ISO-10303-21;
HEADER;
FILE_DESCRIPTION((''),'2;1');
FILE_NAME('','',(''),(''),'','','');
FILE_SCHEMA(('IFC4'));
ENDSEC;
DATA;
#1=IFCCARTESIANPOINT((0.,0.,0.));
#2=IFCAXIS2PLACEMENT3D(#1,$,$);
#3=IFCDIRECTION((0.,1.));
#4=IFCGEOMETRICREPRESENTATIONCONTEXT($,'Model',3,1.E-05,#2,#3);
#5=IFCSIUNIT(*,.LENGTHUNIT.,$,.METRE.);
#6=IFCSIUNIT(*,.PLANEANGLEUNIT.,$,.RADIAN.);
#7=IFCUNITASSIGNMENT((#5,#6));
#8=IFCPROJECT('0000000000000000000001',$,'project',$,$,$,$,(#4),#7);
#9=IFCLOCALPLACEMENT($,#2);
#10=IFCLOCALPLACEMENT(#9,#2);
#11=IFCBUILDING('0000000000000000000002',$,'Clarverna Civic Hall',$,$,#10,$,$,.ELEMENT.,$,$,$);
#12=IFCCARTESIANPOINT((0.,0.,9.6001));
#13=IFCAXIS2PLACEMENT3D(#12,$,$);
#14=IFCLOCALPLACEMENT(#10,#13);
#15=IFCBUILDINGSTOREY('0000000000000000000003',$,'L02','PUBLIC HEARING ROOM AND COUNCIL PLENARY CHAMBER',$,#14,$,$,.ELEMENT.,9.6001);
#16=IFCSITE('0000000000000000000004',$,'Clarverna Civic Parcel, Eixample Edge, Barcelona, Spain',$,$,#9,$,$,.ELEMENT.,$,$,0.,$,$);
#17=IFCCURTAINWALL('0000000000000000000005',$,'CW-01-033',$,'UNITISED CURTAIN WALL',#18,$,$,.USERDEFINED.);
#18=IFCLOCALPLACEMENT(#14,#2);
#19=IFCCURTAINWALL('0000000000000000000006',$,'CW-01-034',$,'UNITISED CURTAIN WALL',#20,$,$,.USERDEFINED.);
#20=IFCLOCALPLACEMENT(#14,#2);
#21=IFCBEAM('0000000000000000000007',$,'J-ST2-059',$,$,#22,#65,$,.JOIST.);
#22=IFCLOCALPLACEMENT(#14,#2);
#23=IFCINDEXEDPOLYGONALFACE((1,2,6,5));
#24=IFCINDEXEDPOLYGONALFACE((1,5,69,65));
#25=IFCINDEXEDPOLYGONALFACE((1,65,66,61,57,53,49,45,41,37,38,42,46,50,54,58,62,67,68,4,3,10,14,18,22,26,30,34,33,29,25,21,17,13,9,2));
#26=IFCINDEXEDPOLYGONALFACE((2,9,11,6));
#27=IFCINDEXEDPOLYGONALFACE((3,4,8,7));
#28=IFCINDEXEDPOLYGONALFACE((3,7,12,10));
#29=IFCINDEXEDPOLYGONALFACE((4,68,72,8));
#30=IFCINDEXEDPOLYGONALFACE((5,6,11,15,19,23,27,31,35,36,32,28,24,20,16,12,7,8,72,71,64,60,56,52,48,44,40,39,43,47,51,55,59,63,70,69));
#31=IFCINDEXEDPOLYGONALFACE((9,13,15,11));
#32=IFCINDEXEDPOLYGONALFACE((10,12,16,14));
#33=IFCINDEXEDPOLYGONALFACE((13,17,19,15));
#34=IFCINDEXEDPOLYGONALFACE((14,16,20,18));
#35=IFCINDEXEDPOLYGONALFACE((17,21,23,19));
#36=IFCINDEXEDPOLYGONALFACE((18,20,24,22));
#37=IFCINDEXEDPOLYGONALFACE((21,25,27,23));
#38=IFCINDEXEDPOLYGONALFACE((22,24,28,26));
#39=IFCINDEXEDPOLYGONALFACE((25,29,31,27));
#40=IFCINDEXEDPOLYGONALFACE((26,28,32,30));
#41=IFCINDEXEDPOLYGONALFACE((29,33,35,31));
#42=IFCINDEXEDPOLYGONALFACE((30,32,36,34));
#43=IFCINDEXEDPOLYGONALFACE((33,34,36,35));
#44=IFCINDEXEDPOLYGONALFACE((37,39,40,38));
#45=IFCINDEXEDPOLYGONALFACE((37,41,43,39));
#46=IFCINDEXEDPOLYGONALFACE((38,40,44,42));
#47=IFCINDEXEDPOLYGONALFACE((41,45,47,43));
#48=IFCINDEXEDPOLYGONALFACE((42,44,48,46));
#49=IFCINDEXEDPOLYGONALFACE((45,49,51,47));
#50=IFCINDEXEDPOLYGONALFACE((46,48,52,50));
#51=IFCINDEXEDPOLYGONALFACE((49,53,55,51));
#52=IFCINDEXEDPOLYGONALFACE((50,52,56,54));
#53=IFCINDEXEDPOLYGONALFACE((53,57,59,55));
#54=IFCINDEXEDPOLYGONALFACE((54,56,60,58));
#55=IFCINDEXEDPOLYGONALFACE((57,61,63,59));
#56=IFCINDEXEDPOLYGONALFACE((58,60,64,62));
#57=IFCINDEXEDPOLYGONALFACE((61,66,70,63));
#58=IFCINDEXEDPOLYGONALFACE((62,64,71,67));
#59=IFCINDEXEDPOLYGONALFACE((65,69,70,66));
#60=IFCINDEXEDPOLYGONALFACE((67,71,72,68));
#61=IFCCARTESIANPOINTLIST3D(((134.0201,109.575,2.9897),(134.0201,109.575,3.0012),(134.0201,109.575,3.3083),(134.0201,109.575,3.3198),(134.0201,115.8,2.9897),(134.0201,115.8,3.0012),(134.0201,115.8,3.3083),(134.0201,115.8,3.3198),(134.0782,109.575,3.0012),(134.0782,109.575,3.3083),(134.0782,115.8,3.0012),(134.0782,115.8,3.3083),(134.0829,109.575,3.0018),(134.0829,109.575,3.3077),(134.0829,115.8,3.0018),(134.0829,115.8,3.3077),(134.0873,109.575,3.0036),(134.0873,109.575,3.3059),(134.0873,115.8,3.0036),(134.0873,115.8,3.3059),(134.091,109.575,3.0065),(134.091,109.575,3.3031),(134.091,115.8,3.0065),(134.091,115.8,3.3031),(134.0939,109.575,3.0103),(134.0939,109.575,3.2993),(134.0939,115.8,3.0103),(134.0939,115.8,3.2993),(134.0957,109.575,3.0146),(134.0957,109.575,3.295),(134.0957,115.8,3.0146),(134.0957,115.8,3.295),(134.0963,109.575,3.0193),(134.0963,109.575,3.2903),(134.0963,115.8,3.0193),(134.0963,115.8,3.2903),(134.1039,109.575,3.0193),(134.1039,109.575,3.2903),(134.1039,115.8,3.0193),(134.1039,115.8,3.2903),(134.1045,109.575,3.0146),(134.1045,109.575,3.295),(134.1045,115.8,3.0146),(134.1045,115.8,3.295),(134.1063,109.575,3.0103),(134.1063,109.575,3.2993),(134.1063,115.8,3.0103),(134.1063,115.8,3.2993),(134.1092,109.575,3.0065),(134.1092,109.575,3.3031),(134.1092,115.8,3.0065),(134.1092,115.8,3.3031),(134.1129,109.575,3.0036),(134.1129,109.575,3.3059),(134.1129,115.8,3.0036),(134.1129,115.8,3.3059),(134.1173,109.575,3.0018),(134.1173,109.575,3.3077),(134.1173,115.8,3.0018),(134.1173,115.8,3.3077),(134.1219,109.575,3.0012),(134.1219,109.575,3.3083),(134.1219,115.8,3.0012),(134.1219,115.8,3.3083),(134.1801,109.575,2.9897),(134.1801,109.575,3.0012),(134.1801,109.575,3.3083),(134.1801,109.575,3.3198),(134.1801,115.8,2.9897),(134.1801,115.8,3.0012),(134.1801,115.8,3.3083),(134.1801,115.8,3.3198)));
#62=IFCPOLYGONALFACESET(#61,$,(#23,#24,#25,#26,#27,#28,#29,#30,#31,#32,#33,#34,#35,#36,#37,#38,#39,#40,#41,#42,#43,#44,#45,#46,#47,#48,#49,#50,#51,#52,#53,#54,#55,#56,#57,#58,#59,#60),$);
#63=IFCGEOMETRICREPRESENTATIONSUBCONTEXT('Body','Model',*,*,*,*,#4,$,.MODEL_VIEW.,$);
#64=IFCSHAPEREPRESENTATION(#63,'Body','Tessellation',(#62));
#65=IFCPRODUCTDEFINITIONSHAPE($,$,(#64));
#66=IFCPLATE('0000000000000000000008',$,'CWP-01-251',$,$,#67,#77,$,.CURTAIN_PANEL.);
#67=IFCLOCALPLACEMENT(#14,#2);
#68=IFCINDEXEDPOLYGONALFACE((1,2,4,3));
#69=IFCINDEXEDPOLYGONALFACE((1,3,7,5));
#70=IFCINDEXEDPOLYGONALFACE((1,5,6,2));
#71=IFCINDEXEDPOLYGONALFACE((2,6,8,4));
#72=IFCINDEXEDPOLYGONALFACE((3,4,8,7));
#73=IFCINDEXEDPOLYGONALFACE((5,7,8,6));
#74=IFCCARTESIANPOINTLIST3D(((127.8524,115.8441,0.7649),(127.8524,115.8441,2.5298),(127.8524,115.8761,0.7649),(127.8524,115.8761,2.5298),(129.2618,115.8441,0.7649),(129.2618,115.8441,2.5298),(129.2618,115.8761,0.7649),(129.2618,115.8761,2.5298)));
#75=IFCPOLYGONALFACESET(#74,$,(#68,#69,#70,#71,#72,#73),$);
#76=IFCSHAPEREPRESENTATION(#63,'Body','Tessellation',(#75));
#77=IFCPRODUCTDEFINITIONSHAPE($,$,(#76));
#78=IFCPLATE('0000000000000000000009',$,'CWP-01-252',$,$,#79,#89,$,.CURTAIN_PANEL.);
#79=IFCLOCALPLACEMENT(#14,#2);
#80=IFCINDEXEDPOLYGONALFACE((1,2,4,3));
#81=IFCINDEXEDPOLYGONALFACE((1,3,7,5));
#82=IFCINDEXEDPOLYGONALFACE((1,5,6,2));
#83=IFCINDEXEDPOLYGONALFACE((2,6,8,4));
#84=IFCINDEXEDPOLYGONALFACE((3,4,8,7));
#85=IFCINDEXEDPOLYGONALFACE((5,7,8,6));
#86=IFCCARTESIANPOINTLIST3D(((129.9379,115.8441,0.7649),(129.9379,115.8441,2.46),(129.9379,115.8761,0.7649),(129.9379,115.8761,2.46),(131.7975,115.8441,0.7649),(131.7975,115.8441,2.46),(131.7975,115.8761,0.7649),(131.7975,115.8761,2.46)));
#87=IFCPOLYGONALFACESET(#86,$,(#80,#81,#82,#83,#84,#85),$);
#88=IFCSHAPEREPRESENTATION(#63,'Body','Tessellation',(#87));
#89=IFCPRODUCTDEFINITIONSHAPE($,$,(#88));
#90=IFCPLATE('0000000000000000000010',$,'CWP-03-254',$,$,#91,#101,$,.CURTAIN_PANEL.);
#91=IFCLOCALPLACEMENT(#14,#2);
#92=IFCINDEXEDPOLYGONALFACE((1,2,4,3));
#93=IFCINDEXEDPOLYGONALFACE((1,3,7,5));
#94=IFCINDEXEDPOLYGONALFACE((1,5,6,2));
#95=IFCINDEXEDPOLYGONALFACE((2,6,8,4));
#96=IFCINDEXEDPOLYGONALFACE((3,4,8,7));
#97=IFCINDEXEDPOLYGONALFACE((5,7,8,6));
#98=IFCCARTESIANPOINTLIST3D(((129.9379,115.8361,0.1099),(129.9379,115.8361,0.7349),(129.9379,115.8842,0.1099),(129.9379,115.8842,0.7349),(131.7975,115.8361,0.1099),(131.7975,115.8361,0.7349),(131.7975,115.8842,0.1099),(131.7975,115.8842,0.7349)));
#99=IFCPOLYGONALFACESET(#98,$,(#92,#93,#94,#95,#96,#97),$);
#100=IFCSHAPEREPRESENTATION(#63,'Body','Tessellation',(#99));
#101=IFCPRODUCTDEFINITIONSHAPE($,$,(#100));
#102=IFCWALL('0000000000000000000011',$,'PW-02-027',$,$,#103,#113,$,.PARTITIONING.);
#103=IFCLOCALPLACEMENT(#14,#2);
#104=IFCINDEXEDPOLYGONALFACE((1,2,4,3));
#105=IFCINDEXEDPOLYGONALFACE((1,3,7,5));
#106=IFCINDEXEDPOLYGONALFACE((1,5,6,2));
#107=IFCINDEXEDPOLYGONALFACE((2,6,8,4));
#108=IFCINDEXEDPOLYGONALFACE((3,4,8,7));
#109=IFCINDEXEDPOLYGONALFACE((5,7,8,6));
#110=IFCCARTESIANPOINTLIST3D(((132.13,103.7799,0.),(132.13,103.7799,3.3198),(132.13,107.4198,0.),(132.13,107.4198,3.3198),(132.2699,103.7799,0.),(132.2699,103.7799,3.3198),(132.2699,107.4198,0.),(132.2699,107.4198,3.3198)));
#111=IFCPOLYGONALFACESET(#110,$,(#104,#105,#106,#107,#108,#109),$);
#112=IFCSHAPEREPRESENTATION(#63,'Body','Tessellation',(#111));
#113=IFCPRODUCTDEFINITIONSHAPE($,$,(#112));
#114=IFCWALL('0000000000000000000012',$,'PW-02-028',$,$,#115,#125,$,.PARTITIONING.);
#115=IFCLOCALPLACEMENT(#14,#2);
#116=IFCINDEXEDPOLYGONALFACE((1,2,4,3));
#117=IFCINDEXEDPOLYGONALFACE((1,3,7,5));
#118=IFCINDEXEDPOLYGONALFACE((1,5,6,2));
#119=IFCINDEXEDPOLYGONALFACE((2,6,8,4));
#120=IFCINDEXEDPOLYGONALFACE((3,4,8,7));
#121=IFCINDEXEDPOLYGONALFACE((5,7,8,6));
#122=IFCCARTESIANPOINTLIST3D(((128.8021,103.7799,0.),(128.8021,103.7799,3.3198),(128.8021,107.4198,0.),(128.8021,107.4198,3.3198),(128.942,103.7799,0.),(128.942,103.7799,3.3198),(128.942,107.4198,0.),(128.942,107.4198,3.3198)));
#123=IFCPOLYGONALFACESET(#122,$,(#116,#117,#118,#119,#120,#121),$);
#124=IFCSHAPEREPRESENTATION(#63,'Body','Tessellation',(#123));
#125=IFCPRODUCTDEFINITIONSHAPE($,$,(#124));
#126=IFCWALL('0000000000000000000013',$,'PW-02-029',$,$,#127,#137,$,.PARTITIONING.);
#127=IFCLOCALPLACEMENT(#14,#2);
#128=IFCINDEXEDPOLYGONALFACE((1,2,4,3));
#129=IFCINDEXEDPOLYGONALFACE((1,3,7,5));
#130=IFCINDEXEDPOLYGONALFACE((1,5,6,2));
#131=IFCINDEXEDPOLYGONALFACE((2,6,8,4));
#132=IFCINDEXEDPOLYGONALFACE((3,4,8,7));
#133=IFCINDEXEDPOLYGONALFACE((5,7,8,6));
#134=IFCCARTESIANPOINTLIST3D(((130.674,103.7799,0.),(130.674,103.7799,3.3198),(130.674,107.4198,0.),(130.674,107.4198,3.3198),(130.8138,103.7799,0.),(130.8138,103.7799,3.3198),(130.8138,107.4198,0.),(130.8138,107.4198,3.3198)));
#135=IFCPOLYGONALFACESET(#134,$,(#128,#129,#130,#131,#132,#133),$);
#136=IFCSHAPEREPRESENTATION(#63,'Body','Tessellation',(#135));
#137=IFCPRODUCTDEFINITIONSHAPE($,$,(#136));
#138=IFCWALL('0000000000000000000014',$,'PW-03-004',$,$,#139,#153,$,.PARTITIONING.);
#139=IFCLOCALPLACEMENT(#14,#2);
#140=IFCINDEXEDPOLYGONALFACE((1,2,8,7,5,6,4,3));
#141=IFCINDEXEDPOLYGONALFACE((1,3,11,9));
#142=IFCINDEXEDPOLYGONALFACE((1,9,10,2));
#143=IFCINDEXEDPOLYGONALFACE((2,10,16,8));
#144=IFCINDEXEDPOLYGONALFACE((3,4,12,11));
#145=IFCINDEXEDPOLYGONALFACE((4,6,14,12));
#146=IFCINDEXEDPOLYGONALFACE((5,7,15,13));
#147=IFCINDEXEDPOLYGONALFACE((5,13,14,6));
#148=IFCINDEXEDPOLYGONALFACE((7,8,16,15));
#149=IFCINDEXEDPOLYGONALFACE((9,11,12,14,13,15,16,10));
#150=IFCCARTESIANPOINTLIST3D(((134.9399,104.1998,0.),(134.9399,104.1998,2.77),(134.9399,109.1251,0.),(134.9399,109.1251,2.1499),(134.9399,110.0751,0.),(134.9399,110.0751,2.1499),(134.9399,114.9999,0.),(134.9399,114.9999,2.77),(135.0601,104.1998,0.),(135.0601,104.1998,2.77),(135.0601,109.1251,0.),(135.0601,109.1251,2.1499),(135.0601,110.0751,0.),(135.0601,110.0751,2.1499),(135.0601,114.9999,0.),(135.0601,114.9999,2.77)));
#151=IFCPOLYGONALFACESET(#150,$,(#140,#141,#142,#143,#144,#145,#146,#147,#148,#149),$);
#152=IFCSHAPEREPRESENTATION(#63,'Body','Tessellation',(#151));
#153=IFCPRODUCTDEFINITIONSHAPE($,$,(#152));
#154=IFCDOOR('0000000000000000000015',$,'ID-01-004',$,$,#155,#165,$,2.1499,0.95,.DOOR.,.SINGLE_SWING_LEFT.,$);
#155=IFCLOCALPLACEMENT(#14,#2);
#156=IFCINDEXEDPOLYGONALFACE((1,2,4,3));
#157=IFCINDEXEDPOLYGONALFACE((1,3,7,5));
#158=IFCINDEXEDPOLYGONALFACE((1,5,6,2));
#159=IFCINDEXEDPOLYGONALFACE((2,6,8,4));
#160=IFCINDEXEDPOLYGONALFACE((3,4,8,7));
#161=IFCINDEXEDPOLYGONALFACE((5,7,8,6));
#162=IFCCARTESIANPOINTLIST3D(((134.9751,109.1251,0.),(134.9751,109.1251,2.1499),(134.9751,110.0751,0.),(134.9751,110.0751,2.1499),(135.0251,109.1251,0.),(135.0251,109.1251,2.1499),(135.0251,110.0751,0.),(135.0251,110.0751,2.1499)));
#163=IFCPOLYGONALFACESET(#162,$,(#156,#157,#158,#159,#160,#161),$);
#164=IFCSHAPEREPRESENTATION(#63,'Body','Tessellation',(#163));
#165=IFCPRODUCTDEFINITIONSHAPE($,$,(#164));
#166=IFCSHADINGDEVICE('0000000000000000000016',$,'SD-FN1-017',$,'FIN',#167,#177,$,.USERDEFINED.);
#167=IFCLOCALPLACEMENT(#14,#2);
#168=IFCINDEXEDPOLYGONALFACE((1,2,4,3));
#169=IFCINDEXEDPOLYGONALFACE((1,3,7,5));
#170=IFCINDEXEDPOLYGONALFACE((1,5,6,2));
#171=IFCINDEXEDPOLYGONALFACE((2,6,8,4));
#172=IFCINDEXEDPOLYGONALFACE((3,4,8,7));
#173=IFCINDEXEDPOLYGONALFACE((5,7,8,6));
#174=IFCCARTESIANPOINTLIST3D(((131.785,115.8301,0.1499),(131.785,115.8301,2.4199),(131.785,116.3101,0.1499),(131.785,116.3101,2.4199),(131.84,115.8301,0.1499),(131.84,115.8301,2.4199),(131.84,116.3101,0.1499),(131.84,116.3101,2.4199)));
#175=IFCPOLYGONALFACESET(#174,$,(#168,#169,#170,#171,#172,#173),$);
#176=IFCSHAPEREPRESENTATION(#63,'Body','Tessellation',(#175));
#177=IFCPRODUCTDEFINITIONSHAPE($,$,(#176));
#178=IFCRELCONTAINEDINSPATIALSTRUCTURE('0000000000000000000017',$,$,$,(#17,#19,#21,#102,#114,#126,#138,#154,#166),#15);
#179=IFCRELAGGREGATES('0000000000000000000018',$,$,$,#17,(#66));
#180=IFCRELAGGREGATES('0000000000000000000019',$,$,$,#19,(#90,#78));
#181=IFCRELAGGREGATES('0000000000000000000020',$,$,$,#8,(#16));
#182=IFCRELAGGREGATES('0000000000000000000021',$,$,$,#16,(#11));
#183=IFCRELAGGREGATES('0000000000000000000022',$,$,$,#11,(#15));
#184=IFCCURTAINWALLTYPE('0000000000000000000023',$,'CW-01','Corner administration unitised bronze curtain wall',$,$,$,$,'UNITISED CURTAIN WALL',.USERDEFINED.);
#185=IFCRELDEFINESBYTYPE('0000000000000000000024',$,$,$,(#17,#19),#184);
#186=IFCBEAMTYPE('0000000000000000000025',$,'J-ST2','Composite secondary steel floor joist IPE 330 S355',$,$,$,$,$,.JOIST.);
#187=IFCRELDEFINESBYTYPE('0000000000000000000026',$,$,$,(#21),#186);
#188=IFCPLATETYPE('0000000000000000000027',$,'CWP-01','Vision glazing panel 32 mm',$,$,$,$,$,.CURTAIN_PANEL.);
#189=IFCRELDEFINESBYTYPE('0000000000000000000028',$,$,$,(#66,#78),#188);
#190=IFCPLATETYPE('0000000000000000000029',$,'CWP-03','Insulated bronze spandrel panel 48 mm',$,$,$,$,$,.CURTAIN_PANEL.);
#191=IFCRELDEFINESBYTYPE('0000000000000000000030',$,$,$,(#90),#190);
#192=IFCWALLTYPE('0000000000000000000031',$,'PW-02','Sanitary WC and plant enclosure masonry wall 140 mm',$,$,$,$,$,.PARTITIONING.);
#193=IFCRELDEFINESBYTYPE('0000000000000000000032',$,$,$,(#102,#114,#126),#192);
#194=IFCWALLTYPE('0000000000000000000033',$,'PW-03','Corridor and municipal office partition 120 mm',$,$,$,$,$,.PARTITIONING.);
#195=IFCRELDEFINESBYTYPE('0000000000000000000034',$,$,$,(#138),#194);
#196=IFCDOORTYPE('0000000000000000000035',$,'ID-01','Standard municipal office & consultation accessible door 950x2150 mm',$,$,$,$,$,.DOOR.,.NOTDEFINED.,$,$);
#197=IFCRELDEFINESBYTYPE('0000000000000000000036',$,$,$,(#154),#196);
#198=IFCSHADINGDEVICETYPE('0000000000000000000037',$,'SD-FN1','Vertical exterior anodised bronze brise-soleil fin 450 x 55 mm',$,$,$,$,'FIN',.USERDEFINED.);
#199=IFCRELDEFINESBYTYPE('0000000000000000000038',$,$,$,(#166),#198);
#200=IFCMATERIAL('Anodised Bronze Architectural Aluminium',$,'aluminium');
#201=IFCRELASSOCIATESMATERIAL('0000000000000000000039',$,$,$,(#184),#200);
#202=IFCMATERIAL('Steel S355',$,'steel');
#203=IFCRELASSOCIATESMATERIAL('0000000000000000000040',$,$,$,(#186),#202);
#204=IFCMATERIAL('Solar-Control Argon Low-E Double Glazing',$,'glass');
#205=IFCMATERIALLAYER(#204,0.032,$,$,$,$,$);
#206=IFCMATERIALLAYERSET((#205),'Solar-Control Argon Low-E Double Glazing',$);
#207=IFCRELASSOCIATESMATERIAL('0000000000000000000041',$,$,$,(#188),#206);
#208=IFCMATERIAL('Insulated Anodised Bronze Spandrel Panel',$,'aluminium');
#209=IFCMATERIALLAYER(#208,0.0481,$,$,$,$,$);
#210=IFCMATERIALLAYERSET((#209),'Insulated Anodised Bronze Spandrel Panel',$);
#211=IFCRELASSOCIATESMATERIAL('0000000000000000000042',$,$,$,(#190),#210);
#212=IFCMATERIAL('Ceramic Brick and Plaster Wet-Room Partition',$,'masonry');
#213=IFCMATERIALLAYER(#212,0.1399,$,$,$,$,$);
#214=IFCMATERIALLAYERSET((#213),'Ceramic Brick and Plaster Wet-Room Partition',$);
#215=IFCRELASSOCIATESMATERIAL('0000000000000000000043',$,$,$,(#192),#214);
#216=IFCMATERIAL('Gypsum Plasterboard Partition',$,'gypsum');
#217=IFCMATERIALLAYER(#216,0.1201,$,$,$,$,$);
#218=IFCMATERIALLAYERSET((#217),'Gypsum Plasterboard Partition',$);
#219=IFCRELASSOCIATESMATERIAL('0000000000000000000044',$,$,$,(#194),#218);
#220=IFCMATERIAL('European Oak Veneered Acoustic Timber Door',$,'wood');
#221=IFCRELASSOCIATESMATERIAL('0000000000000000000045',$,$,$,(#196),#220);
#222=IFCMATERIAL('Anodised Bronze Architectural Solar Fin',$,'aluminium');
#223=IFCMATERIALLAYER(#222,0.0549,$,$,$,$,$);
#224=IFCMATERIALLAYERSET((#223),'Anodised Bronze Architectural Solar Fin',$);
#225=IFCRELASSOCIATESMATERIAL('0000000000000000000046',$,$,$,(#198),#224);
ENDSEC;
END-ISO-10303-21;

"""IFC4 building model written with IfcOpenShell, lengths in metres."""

from ifc_helpers import new_model, si_unit, direction, frame, frame_2d, origin, origin_2d, place, context, subcontext, project, spatial, rectangle, i_section, extrude, material, layer, layer_set, material_profile, profile_set, type_object, element, fill, aggregate, save


model = new_model("IFC4")

# Units and contexts
model_context = context("Model", 3, precision=1e-05, world=origin(), true_north=direction((0.0, 1.0)))
body_context = subcontext(model_context, "Body", "Model", "MODEL_VIEW")
ifc_project = project(units=[si_unit("LENGTHUNIT", "METRE"), si_unit("PLANEANGLEUNIT", "RADIAN")], contexts=[model_context])

# Site, building, storey
site_placement = place(None, origin())
site = spatial("IfcSite", under=ifc_project, at=site_placement, Name="Clarverna Civic Parcel, Eixample Edge, Barcelona, Spain", CompositionType="ELEMENT", RefElevation=0.0)
building_placement = place(site_placement, origin())
building = spatial("IfcBuilding", under=site, at=building_placement, Name="Clarverna Civic Hall", CompositionType="ELEMENT")
storey_placement = place(building_placement, frame((0.0, 0.0, 9.6001)))
storey = spatial("IfcBuildingStorey", under=building, at=storey_placement, Name="L02", Description="PUBLIC HEARING ROOM AND COUNCIL PLENARY CHAMBER", CompositionType="ELEMENT", Elevation=9.6001)

# Shared definitions
ifc_material_1 = material(Name="Steel S355", Category="steel")

# Curtain wall
ifc_material_2 = material(Name="Anodised Bronze Architectural Aluminium", Category="aluminium")
curtain_wall_type = type_object("IfcCurtainWallType", Name="CW-01", Description="Corner administration unitised bronze curtain wall", ElementType="UNITISED CURTAIN WALL", PredefinedType="USERDEFINED", material=ifc_material_2)
curtain_wall_1_placement = place(storey_placement, origin())
curtain_wall_1 = element("IfcCurtainWall", 1, at=curtain_wall_1_placement, inside=storey, type_object=curtain_wall_type, Name="CW-01-033", ObjectType="UNITISED CURTAIN WALL", PredefinedType="USERDEFINED")

# Curtain wall
curtain_wall_2_placement = place(storey_placement, origin())
curtain_wall_2 = element("IfcCurtainWall", 2, at=curtain_wall_2_placement, inside=storey, type_object=curtain_wall_type, Name="CW-01-034", ObjectType="UNITISED CURTAIN WALL", PredefinedType="USERDEFINED")

# Beam
ifc_material_profile_1 = material_profile(ifc_material_1, i_section(OverallWidth=0.1599, OverallDepth=0.3301, WebThickness=0.0076, FlangeThickness=0.0115, FilletRadius=0.0181, at=origin_2d()), Name="IPE 330")
ifc_profile_set_1 = profile_set([ifc_material_profile_1], Name="Steel S355")
beam_type_1 = type_object("IfcBeamType", Name="J-ST2", Description="Composite secondary steel floor joist IPE 330 S355", PredefinedType="JOIST", material=ifc_profile_set_1)
beam_1_placement = place(storey_placement, frame((134.1001, 109.575, 3.1548), z_axis=(0.0, 1.0, 0.0), x_axis=(-1.0, 0.0, 0.0)))
element("IfcBeam", 3, at=beam_1_placement, inside=storey, type_object=beam_type_1, Name="J-ST2-059", PredefinedType="JOIST", context=body_context, shape_type="SweptSolid", body=[
    extrude(i_section(OverallWidth=0.1599, OverallDepth=0.3301, WebThickness=0.0076, FlangeThickness=0.0115, FilletRadius=0.0181, at=origin_2d()), origin(), (0.0, 0.0, 1.0), 6.2251),
])

# Plates
ifc_material_3 = material(Name="Solar-Control Argon Low-E Double Glazing", Category="glass")
ifc_layer_1 = layer(ifc_material_3, 0.032)
ifc_layer_set_1 = layer_set([ifc_layer_1], Name="Solar-Control Argon Low-E Double Glazing")
plate_type_1 = type_object("IfcPlateType", Name="CWP-01", Description="Vision glazing panel 32 mm", PredefinedType="CURTAIN_PANEL", material=ifc_layer_set_1)
plate_1_placement = place(storey_placement, frame((127.8525, 115.8601, 0.7649), z_axis=(0.0, 0.0, 1.0), x_axis=(1.0, 0.0, 0.0)))
plate_1 = element("IfcPlate", 4, at=plate_1_placement, type_object=plate_type_1, Name="CWP-01-251", PredefinedType="CURTAIN_PANEL", context=body_context, shape_type="SweptSolid", body=[
    extrude(rectangle(XDim=1.4094, YDim=0.032, at=frame_2d((0.7046, 0.0))), origin(), (0.0, 0.0, 1.0), 1.7649),
])
aggregate(curtain_wall_1, [plate_1])
plate_2_placement = place(storey_placement, frame((129.938, 115.8601, 0.7649), z_axis=(0.0, 0.0, 1.0), x_axis=(1.0, 0.0, 0.0)))
plate_2 = element("IfcPlate", 5, at=plate_2_placement, type_object=plate_type_1, Name="CWP-01-252", PredefinedType="CURTAIN_PANEL", context=body_context, shape_type="SweptSolid", body=[
    extrude(rectangle(XDim=1.8596, YDim=0.032, at=frame_2d((0.9297, 0.0))), origin(), (0.0, 0.0, 1.0), 1.6951),
])
ifc_material_4 = material(Name="Insulated Anodised Bronze Spandrel Panel", Category="aluminium")
ifc_layer_2 = layer(ifc_material_4, 0.0481)
ifc_layer_set_2 = layer_set([ifc_layer_2], Name="Insulated Anodised Bronze Spandrel Panel")
plate_type_2 = type_object("IfcPlateType", Name="CWP-03", Description="Insulated bronze spandrel panel 48 mm", PredefinedType="CURTAIN_PANEL", material=ifc_layer_set_2)
plate_3_placement = place(storey_placement, frame((129.938, 115.8601, 0.1099), z_axis=(0.0, 0.0, 1.0), x_axis=(1.0, 0.0, 0.0)))
plate_3 = element("IfcPlate", 6, at=plate_3_placement, type_object=plate_type_2, Name="CWP-03-254", PredefinedType="CURTAIN_PANEL", context=body_context, shape_type="SweptSolid", body=[
    extrude(rectangle(XDim=1.8596, YDim=0.0481, at=frame_2d((0.9297, 0.0))), origin(), (0.0, 0.0, 1.0), 0.625),
])
aggregate(curtain_wall_2, [plate_3, plate_2])

# Walls
ifc_material_5 = material(Name="Ceramic Brick and Plaster Wet-Room Partition", Category="masonry")
ifc_layer_3 = layer(ifc_material_5, 0.1399)
ifc_layer_set_3 = layer_set([ifc_layer_3], Name="Ceramic Brick and Plaster Wet-Room Partition")
wall_type_1 = type_object("IfcWallType", Name="PW-02", Description="Sanitary WC and plant enclosure masonry wall 140 mm", PredefinedType="PARTITIONING", material=ifc_layer_set_3)
for number, where, z_axis, x_axis, name in (
    (7, (132.2, 103.78, 0.0), (0.0, 0.0, 1.0), (0.0, 1.0, 0.0), "PW-02-027"),
    (8, (128.8721, 103.78, 0.0), (0.0, 0.0, 1.0), (0.0, 1.0, 0.0), "PW-02-028"),
    (9, (130.7439, 103.78, 0.0), (0.0, 0.0, 1.0), (0.0, 1.0, 0.0), "PW-02-029"),
):
    element("IfcWall", number, at=place(storey_placement, frame(where, z_axis=z_axis, x_axis=x_axis)), inside=storey, type_object=wall_type_1, Name=name, PredefinedType="PARTITIONING", context=body_context, shape_type="SweptSolid", body=[
        extrude(rectangle(XDim=3.6399, YDim=0.1399, at=frame_2d((1.8198, 0.0))), origin(), (0.0, 0.0, 1.0), 3.3198),
    ])

# Wall, opening, door
ifc_material_6 = material(Name="European Oak Veneered Acoustic Timber Door", Category="wood")
ifc_material_7 = material(Name="Gypsum Plasterboard Partition", Category="gypsum")
ifc_layer_4 = layer(ifc_material_7, 0.1201)
ifc_layer_set_4 = layer_set([ifc_layer_4], Name="Gypsum Plasterboard Partition")
wall_type_2 = type_object("IfcWallType", Name="PW-03", Description="Corridor and municipal office partition 120 mm", PredefinedType="PARTITIONING", material=ifc_layer_set_4)
wall_1_placement = place(storey_placement, frame((135.0, 104.2, 0.0), z_axis=(0.0, 0.0, 1.0), x_axis=(0.0, 1.0, 0.0)))
wall_1 = element("IfcWall", 10, at=wall_1_placement, inside=storey, type_object=wall_type_2, Name="PW-03-004", PredefinedType="PARTITIONING", context=body_context, shape_type="SweptSolid", body=[
    extrude(rectangle(XDim=10.8, YDim=0.1201, at=frame_2d((5.3999, 0.0))), origin(), (0.0, 0.0, 1.0), 2.77),
])
opening_1_placement = place(wall_1_placement, frame((4.925, 0.0, 0.0)))
opening_1 = element("IfcOpeningElement", 11, at=opening_1_placement, cuts=wall_1, PredefinedType="OPENING", context=body_context, shape_type="SweptSolid", body=[
    extrude(rectangle(XDim=0.95, YDim=2.1499, at=frame_2d((0.4751, 1.075))), frame((0.0, 0.0701, 0.0), z_axis=(0.0, -1.0, 0.0), x_axis=(1.0, 0.0, 0.0)), (0.0, 0.0, 1.0), 0.1401),
])
door_type_1 = type_object("IfcDoorType", Name="ID-01", Description="Standard municipal office & consultation accessible door 950x2150 mm", OperationType="NOTDEFINED", PredefinedType="DOOR", material=ifc_material_6)
door_1_placement = place(opening_1_placement, origin())
door_1 = element("IfcDoor", 12, at=door_1_placement, inside=storey, type_object=door_type_1, Name="ID-01-004", OperationType="SINGLE_SWING_LEFT", OverallHeight=2.1499, OverallWidth=0.95, PredefinedType="DOOR", context=body_context, shape_type="SweptSolid", body=[
    extrude(rectangle(XDim=0.95, YDim=2.1499, at=frame_2d((0.4751, 1.075))), frame((0.0, 0.0249, 0.0), z_axis=(0.0, -1.0, 0.0), x_axis=(1.0, 0.0, 0.0)), (0.0, 0.0, 1.0), 0.05),
])
fill(opening_1, door_1)

# Shading device
ifc_material_8 = material(Name="Anodised Bronze Architectural Solar Fin", Category="aluminium")
ifc_layer_5 = layer(ifc_material_8, 0.0549)
ifc_layer_set_5 = layer_set([ifc_layer_5], Name="Anodised Bronze Architectural Solar Fin")
shading_device_type = type_object("IfcShadingDeviceType", Name="SD-FN1", Description="Vertical exterior anodised bronze brise-soleil fin 450 x 55 mm", ElementType="FIN", PredefinedType="USERDEFINED", material=ifc_layer_set_5)
shading_device_placement = place(storey_placement, frame((131.8125, 115.8301, 0.1499), z_axis=(0.0, 0.0, 1.0), x_axis=(0.0, 1.0, 0.0)))
element("IfcShadingDevice", 13, at=shading_device_placement, inside=storey, type_object=shading_device_type, Name="SD-FN1-017", ObjectType="FIN", PredefinedType="USERDEFINED", context=body_context, shape_type="SweptSolid", body=[
    extrude(rectangle(XDim=0.48, YDim=0.0549, at=frame_2d((0.24, 0.0))), origin(), (0.0, 0.0, 1.0), 2.27),
])

save(model, "model.ifc")
